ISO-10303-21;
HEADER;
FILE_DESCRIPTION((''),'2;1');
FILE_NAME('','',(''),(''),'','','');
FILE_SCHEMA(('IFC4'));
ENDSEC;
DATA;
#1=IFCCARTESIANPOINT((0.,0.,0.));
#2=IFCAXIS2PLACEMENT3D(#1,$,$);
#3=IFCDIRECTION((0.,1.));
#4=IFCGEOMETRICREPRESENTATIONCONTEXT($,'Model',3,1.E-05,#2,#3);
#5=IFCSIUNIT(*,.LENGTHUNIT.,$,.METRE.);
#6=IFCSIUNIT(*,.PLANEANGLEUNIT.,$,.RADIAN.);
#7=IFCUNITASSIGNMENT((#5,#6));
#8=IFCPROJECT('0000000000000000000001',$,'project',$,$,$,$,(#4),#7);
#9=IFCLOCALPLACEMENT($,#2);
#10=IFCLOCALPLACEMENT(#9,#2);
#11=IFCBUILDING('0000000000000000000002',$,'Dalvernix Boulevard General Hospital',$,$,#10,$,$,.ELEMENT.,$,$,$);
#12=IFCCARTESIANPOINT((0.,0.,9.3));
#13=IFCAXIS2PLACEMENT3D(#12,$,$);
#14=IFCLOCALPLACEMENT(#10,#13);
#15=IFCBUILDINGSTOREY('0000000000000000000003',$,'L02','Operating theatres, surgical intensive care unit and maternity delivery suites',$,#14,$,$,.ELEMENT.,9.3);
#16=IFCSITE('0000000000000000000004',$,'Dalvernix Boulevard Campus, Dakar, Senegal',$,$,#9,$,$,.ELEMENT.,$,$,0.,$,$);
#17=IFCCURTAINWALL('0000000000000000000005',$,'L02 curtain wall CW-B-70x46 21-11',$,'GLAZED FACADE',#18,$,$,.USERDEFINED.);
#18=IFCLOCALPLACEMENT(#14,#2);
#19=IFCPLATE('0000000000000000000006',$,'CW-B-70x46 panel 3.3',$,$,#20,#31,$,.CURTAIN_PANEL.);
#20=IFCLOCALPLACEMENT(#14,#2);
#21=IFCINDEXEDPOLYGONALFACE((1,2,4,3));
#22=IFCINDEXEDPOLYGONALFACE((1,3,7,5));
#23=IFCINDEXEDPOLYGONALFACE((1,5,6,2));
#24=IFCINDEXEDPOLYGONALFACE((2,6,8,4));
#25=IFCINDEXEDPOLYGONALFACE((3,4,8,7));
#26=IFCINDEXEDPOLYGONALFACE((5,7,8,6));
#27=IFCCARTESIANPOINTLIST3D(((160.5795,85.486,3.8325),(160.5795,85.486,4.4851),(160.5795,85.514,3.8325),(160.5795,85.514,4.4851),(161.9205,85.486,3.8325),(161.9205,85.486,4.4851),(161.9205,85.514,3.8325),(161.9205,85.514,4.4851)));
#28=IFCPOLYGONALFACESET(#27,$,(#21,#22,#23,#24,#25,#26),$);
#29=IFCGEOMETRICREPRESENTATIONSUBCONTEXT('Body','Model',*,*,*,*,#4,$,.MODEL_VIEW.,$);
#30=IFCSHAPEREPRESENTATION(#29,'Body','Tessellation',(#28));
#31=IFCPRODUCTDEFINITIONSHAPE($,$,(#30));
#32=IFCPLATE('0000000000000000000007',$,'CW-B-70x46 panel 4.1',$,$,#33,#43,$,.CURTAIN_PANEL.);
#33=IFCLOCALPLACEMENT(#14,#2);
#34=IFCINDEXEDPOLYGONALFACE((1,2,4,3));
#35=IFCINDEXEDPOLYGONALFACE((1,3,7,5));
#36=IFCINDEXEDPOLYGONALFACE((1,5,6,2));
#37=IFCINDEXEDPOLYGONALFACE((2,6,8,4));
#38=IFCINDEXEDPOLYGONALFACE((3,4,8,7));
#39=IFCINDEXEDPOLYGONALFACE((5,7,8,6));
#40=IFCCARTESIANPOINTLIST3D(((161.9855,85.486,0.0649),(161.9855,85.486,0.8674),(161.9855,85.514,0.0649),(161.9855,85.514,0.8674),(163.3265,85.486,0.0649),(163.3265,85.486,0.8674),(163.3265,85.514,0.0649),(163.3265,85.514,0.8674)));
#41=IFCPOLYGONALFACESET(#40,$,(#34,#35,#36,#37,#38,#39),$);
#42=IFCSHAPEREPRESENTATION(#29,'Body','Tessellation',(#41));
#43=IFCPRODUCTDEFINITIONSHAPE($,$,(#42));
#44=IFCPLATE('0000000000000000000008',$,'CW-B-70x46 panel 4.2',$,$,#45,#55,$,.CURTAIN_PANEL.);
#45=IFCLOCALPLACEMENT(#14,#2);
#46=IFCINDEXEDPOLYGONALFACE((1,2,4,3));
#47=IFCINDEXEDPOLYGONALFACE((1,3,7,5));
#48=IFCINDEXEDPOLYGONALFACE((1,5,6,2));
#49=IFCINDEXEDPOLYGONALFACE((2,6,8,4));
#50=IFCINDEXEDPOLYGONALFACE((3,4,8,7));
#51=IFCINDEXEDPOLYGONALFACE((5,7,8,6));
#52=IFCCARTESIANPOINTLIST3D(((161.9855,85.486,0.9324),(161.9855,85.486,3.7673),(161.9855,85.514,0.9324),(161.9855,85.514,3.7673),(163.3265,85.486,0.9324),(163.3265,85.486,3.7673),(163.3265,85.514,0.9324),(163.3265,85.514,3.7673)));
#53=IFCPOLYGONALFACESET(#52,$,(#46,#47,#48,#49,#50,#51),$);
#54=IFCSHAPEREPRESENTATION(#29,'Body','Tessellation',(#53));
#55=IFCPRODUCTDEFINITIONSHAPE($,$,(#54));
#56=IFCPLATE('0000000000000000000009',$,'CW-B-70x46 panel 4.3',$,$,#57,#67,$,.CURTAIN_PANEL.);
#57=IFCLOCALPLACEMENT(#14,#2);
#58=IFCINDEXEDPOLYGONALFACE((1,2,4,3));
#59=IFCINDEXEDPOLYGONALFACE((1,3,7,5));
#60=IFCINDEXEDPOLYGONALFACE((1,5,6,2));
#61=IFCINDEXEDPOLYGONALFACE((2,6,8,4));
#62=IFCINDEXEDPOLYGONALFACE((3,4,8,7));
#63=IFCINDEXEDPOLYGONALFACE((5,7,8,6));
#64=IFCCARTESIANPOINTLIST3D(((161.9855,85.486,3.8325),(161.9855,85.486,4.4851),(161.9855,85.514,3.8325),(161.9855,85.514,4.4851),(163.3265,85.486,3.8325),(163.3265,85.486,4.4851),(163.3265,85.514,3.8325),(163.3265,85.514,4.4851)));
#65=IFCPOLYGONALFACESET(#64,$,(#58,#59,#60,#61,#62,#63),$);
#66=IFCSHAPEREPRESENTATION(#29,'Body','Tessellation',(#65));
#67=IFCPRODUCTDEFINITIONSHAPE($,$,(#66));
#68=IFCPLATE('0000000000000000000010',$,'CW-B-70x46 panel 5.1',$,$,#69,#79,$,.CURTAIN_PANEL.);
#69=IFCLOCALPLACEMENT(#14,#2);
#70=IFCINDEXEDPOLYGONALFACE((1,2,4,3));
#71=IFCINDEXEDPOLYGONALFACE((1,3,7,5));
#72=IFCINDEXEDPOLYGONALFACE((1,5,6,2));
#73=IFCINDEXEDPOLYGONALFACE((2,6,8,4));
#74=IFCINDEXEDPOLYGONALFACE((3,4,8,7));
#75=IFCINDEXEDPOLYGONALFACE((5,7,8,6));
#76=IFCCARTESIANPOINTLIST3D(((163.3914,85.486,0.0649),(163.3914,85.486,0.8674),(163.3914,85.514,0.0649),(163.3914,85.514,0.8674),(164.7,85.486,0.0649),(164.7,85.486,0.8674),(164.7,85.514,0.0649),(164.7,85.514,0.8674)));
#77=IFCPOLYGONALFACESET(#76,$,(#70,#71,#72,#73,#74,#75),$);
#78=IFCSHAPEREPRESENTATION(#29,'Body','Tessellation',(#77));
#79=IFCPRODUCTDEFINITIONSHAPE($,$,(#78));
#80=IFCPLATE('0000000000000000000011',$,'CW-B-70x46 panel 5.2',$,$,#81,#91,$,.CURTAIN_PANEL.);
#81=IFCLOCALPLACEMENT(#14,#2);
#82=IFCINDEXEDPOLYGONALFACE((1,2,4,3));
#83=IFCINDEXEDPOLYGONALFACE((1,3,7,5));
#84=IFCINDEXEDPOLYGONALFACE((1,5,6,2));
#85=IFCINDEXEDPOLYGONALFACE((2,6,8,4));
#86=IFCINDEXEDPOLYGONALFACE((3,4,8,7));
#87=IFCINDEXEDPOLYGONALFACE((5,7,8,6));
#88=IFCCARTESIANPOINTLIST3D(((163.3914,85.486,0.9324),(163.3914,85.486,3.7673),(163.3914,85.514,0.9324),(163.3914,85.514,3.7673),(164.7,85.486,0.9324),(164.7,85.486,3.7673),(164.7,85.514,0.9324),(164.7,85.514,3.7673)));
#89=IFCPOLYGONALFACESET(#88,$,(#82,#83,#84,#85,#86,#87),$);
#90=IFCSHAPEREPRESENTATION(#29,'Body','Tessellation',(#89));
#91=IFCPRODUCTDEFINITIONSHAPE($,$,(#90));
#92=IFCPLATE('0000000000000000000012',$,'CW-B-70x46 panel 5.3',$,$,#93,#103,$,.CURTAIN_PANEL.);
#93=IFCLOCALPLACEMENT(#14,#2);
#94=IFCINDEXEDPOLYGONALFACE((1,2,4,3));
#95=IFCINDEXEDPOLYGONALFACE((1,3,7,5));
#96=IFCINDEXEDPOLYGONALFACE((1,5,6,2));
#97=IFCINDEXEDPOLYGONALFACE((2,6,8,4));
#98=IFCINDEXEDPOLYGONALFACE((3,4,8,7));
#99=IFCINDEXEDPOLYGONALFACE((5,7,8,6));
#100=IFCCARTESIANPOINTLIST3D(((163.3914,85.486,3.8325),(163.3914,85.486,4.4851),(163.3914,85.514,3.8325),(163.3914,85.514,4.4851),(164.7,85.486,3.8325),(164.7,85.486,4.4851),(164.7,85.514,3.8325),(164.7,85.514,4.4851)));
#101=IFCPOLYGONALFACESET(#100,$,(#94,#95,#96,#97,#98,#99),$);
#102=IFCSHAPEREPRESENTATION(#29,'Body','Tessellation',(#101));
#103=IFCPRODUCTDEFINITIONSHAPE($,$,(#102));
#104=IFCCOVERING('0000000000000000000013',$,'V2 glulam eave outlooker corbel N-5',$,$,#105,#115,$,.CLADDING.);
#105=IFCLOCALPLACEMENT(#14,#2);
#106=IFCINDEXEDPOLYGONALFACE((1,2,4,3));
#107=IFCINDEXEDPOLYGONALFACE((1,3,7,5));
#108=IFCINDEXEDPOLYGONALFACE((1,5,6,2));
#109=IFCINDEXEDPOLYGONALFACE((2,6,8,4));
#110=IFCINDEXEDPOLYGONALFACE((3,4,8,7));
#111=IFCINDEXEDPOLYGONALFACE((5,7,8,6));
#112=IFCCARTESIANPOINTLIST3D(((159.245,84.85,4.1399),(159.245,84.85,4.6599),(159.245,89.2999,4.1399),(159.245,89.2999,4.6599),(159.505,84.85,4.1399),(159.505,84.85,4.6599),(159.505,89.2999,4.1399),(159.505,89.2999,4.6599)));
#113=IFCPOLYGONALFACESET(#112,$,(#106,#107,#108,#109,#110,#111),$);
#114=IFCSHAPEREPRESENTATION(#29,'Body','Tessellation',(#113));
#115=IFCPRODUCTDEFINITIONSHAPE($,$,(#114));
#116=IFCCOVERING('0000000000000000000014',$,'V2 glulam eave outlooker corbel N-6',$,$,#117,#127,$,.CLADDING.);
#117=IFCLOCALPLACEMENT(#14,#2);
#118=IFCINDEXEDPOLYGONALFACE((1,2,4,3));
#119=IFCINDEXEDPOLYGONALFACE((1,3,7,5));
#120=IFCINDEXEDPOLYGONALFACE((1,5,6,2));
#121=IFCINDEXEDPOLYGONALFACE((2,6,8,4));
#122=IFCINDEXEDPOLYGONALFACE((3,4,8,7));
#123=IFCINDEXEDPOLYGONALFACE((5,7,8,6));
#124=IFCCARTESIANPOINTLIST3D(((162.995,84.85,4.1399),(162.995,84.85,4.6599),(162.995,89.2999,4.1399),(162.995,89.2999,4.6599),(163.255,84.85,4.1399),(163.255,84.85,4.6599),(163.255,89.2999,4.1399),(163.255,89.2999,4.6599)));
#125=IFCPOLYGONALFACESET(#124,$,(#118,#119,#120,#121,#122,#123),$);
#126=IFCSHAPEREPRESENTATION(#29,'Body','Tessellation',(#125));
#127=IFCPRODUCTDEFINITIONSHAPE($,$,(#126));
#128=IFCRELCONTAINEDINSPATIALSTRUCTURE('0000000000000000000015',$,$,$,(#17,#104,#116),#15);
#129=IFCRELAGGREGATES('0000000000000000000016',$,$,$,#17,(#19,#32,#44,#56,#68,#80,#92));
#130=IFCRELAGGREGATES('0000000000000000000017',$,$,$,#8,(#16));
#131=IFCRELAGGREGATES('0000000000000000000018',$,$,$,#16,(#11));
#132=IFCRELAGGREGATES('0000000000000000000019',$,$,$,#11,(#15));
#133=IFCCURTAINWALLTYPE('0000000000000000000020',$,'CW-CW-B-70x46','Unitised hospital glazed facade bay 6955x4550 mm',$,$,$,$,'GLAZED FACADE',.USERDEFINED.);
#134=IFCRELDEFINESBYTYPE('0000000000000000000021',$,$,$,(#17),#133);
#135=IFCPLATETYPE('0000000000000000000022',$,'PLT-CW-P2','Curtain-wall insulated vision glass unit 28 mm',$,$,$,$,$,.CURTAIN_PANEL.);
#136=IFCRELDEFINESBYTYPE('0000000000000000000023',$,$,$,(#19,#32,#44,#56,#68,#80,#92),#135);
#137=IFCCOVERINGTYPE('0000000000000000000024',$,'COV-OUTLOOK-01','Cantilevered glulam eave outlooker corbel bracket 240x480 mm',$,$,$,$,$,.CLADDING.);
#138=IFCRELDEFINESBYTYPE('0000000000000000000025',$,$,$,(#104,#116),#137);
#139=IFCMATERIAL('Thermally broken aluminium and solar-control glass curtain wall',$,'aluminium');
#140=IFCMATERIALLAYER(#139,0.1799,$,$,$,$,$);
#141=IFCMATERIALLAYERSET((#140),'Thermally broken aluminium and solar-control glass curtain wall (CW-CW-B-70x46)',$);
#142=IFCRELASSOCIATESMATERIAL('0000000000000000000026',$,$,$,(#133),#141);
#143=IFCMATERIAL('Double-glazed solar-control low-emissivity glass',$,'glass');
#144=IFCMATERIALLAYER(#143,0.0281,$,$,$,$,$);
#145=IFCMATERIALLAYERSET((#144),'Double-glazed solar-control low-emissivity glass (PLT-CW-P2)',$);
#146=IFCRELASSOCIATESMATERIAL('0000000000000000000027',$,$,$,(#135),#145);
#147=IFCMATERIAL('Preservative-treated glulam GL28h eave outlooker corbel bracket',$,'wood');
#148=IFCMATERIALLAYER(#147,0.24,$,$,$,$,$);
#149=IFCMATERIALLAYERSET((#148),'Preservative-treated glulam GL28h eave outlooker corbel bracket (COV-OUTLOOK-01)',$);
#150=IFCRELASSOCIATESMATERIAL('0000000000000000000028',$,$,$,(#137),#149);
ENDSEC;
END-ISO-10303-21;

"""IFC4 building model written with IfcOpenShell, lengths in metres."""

from ifc_helpers import new_model, si_unit, direction, frame, origin, origin_2d, place, context, subcontext, project, spatial, rectangle, extrude, material, layer, layer_set, type_object, element, aggregate, save


model = new_model("IFC4")

# Units and contexts
model_context = context("Model", 3, precision=1e-05, world=origin(), true_north=direction((0.0, 1.0)))
body_context = subcontext(model_context, "Body", "Model", "MODEL_VIEW")
ifc_project = project(units=[si_unit("LENGTHUNIT", "METRE"), si_unit("PLANEANGLEUNIT", "RADIAN")], contexts=[model_context])

# Site, building, storey
site_placement = place(None, origin())
site = spatial("IfcSite", under=ifc_project, at=site_placement, Name="Dalvernix Boulevard Campus, Dakar, Senegal", CompositionType="ELEMENT", RefElevation=0.0)
building_placement = place(site_placement, origin())
building = spatial("IfcBuilding", under=site, at=building_placement, Name="Dalvernix Boulevard General Hospital", CompositionType="ELEMENT")
storey_placement = place(building_placement, frame((0.0, 0.0, 9.3)))
storey = spatial("IfcBuildingStorey", under=building, at=storey_placement, Name="L02", Description="Operating theatres, surgical intensive care unit and maternity delivery suites", CompositionType="ELEMENT", Elevation=9.3)

# Curtain wall, plates
ifc_material_1 = material(Name="Thermally broken aluminium and solar-control glass curtain wall", Category="aluminium")
ifc_layer_1 = layer(ifc_material_1, 0.1799)
ifc_layer_set_1 = layer_set([ifc_layer_1], Name="Thermally broken aluminium and solar-control glass curtain wall (CW-CW-B-70x46)")
curtain_wall_type = type_object("IfcCurtainWallType", Name="CW-CW-B-70x46", Description="Unitised hospital glazed facade bay 6955x4550 mm", ElementType="GLAZED FACADE", PredefinedType="USERDEFINED", material=ifc_layer_set_1)
curtain_wall_placement = place(storey_placement, origin())
curtain_wall = element("IfcCurtainWall", 1, at=curtain_wall_placement, inside=storey, type_object=curtain_wall_type, Name="L02 curtain wall CW-B-70x46 21-11", ObjectType="GLAZED FACADE", PredefinedType="USERDEFINED")
ifc_material_2 = material(Name="Double-glazed solar-control low-emissivity glass", Category="glass")
ifc_layer_2 = layer(ifc_material_2, 0.0281)
ifc_layer_set_2 = layer_set([ifc_layer_2], Name="Double-glazed solar-control low-emissivity glass (PLT-CW-P2)")
plate_type = type_object("IfcPlateType", Name="PLT-CW-P2", Description="Curtain-wall insulated vision glass unit 28 mm", PredefinedType="CURTAIN_PANEL", material=ifc_layer_set_2)
plate_1_placement = place(storey_placement, frame((161.25, 85.5, 3.8325), z_axis=(0.0, 0.0, 1.0), x_axis=(1.0, 0.0, 0.0)))
plate_1 = element("IfcPlate", 2, at=plate_1_placement, type_object=plate_type, Name="CW-B-70x46 panel 3.3", PredefinedType="CURTAIN_PANEL", context=body_context, shape_type="SweptSolid", body=[
    extrude(rectangle(XDim=1.3411, YDim=0.0281, at=origin_2d()), origin(), (0.0, 0.0, 1.0), 0.6526),
])
plate_2_placement = place(storey_placement, frame((162.656, 85.5, 0.0649), z_axis=(0.0, 0.0, 1.0), x_axis=(1.0, 0.0, 0.0)))
plate_2 = element("IfcPlate", 3, at=plate_2_placement, type_object=plate_type, Name="CW-B-70x46 panel 4.1", PredefinedType="CURTAIN_PANEL", context=body_context, shape_type="SweptSolid", body=[
    extrude(rectangle(XDim=1.3411, YDim=0.0281, at=origin_2d()), origin(), (0.0, 0.0, 1.0), 0.8025),
])
plate_3_placement = place(storey_placement, frame((162.656, 85.5, 0.9324), z_axis=(0.0, 0.0, 1.0), x_axis=(1.0, 0.0, 0.0)))
plate_3 = element("IfcPlate", 4, at=plate_3_placement, type_object=plate_type, Name="CW-B-70x46 panel 4.2", PredefinedType="CURTAIN_PANEL", context=body_context, shape_type="SweptSolid", body=[
    extrude(rectangle(XDim=1.3411, YDim=0.0281, at=origin_2d()), origin(), (0.0, 0.0, 1.0), 2.835),
])
plate_4_placement = place(storey_placement, frame((162.656, 85.5, 3.8325), z_axis=(0.0, 0.0, 1.0), x_axis=(1.0, 0.0, 0.0)))
plate_4 = element("IfcPlate", 5, at=plate_4_placement, type_object=plate_type, Name="CW-B-70x46 panel 4.3", PredefinedType="CURTAIN_PANEL", context=body_context, shape_type="SweptSolid", body=[
    extrude(rectangle(XDim=1.3411, YDim=0.0281, at=origin_2d()), origin(), (0.0, 0.0, 1.0), 0.6526),
])
plate_5_placement = place(storey_placement, frame((164.0457, 85.5, 0.0649), z_axis=(0.0, 0.0, 1.0), x_axis=(1.0, 0.0, 0.0)))
plate_5 = element("IfcPlate", 6, at=plate_5_placement, type_object=plate_type, Name="CW-B-70x46 panel 5.1", PredefinedType="CURTAIN_PANEL", context=body_context, shape_type="SweptSolid", body=[
    extrude(rectangle(XDim=1.3086, YDim=0.0281, at=origin_2d()), origin(), (0.0, 0.0, 1.0), 0.8025),
])
plate_6_placement = place(storey_placement, frame((164.0457, 85.5, 0.9324), z_axis=(0.0, 0.0, 1.0), x_axis=(1.0, 0.0, 0.0)))
plate_6 = element("IfcPlate", 7, at=plate_6_placement, type_object=plate_type, Name="CW-B-70x46 panel 5.2", PredefinedType="CURTAIN_PANEL", context=body_context, shape_type="SweptSolid", body=[
    extrude(rectangle(XDim=1.3086, YDim=0.0281, at=origin_2d()), origin(), (0.0, 0.0, 1.0), 2.835),
])
plate_7_placement = place(storey_placement, frame((164.0457, 85.5, 3.8325), z_axis=(0.0, 0.0, 1.0), x_axis=(1.0, 0.0, 0.0)))
plate_7 = element("IfcPlate", 8, at=plate_7_placement, type_object=plate_type, Name="CW-B-70x46 panel 5.3", PredefinedType="CURTAIN_PANEL", context=body_context, shape_type="SweptSolid", body=[
    extrude(rectangle(XDim=1.3086, YDim=0.0281, at=origin_2d()), origin(), (0.0, 0.0, 1.0), 0.6526),
])
aggregate(curtain_wall, [plate_1, plate_2, plate_3, plate_4, plate_5, plate_6, plate_7])

# Coverings
ifc_material_3 = material(Name="Preservative-treated glulam GL28h eave outlooker corbel bracket", Category="wood")
ifc_layer_3 = layer(ifc_material_3, 0.24)
ifc_layer_set_3 = layer_set([ifc_layer_3], Name="Preservative-treated glulam GL28h eave outlooker corbel bracket (COV-OUTLOOK-01)")
covering_type = type_object("IfcCoveringType", Name="COV-OUTLOOK-01", Description="Cantilevered glulam eave outlooker corbel bracket 240x480 mm", PredefinedType="CLADDING", material=ifc_layer_set_3)
for number, where, z_axis, x_axis, name in (
    (9, (159.375, 87.075, 4.1399), (0.0, 0.0, 1.0), (1.0, 0.0, 0.0), "V2 glulam eave outlooker corbel N-5"),
    (10, (163.125, 87.075, 4.1399), (0.0, 0.0, 1.0), (1.0, 0.0, 0.0), "V2 glulam eave outlooker corbel N-6"),
):
    element("IfcCovering", number, at=place(storey_placement, frame(where, z_axis=z_axis, x_axis=x_axis)), inside=storey, type_object=covering_type, Name=name, PredefinedType="CLADDING", context=body_context, shape_type="SweptSolid", body=[
        extrude(rectangle(XDim=0.26, YDim=4.45, at=origin_2d()), origin(), (0.0, 0.0, 1.0), 0.52),
    ])

save(model, "model.ifc")
